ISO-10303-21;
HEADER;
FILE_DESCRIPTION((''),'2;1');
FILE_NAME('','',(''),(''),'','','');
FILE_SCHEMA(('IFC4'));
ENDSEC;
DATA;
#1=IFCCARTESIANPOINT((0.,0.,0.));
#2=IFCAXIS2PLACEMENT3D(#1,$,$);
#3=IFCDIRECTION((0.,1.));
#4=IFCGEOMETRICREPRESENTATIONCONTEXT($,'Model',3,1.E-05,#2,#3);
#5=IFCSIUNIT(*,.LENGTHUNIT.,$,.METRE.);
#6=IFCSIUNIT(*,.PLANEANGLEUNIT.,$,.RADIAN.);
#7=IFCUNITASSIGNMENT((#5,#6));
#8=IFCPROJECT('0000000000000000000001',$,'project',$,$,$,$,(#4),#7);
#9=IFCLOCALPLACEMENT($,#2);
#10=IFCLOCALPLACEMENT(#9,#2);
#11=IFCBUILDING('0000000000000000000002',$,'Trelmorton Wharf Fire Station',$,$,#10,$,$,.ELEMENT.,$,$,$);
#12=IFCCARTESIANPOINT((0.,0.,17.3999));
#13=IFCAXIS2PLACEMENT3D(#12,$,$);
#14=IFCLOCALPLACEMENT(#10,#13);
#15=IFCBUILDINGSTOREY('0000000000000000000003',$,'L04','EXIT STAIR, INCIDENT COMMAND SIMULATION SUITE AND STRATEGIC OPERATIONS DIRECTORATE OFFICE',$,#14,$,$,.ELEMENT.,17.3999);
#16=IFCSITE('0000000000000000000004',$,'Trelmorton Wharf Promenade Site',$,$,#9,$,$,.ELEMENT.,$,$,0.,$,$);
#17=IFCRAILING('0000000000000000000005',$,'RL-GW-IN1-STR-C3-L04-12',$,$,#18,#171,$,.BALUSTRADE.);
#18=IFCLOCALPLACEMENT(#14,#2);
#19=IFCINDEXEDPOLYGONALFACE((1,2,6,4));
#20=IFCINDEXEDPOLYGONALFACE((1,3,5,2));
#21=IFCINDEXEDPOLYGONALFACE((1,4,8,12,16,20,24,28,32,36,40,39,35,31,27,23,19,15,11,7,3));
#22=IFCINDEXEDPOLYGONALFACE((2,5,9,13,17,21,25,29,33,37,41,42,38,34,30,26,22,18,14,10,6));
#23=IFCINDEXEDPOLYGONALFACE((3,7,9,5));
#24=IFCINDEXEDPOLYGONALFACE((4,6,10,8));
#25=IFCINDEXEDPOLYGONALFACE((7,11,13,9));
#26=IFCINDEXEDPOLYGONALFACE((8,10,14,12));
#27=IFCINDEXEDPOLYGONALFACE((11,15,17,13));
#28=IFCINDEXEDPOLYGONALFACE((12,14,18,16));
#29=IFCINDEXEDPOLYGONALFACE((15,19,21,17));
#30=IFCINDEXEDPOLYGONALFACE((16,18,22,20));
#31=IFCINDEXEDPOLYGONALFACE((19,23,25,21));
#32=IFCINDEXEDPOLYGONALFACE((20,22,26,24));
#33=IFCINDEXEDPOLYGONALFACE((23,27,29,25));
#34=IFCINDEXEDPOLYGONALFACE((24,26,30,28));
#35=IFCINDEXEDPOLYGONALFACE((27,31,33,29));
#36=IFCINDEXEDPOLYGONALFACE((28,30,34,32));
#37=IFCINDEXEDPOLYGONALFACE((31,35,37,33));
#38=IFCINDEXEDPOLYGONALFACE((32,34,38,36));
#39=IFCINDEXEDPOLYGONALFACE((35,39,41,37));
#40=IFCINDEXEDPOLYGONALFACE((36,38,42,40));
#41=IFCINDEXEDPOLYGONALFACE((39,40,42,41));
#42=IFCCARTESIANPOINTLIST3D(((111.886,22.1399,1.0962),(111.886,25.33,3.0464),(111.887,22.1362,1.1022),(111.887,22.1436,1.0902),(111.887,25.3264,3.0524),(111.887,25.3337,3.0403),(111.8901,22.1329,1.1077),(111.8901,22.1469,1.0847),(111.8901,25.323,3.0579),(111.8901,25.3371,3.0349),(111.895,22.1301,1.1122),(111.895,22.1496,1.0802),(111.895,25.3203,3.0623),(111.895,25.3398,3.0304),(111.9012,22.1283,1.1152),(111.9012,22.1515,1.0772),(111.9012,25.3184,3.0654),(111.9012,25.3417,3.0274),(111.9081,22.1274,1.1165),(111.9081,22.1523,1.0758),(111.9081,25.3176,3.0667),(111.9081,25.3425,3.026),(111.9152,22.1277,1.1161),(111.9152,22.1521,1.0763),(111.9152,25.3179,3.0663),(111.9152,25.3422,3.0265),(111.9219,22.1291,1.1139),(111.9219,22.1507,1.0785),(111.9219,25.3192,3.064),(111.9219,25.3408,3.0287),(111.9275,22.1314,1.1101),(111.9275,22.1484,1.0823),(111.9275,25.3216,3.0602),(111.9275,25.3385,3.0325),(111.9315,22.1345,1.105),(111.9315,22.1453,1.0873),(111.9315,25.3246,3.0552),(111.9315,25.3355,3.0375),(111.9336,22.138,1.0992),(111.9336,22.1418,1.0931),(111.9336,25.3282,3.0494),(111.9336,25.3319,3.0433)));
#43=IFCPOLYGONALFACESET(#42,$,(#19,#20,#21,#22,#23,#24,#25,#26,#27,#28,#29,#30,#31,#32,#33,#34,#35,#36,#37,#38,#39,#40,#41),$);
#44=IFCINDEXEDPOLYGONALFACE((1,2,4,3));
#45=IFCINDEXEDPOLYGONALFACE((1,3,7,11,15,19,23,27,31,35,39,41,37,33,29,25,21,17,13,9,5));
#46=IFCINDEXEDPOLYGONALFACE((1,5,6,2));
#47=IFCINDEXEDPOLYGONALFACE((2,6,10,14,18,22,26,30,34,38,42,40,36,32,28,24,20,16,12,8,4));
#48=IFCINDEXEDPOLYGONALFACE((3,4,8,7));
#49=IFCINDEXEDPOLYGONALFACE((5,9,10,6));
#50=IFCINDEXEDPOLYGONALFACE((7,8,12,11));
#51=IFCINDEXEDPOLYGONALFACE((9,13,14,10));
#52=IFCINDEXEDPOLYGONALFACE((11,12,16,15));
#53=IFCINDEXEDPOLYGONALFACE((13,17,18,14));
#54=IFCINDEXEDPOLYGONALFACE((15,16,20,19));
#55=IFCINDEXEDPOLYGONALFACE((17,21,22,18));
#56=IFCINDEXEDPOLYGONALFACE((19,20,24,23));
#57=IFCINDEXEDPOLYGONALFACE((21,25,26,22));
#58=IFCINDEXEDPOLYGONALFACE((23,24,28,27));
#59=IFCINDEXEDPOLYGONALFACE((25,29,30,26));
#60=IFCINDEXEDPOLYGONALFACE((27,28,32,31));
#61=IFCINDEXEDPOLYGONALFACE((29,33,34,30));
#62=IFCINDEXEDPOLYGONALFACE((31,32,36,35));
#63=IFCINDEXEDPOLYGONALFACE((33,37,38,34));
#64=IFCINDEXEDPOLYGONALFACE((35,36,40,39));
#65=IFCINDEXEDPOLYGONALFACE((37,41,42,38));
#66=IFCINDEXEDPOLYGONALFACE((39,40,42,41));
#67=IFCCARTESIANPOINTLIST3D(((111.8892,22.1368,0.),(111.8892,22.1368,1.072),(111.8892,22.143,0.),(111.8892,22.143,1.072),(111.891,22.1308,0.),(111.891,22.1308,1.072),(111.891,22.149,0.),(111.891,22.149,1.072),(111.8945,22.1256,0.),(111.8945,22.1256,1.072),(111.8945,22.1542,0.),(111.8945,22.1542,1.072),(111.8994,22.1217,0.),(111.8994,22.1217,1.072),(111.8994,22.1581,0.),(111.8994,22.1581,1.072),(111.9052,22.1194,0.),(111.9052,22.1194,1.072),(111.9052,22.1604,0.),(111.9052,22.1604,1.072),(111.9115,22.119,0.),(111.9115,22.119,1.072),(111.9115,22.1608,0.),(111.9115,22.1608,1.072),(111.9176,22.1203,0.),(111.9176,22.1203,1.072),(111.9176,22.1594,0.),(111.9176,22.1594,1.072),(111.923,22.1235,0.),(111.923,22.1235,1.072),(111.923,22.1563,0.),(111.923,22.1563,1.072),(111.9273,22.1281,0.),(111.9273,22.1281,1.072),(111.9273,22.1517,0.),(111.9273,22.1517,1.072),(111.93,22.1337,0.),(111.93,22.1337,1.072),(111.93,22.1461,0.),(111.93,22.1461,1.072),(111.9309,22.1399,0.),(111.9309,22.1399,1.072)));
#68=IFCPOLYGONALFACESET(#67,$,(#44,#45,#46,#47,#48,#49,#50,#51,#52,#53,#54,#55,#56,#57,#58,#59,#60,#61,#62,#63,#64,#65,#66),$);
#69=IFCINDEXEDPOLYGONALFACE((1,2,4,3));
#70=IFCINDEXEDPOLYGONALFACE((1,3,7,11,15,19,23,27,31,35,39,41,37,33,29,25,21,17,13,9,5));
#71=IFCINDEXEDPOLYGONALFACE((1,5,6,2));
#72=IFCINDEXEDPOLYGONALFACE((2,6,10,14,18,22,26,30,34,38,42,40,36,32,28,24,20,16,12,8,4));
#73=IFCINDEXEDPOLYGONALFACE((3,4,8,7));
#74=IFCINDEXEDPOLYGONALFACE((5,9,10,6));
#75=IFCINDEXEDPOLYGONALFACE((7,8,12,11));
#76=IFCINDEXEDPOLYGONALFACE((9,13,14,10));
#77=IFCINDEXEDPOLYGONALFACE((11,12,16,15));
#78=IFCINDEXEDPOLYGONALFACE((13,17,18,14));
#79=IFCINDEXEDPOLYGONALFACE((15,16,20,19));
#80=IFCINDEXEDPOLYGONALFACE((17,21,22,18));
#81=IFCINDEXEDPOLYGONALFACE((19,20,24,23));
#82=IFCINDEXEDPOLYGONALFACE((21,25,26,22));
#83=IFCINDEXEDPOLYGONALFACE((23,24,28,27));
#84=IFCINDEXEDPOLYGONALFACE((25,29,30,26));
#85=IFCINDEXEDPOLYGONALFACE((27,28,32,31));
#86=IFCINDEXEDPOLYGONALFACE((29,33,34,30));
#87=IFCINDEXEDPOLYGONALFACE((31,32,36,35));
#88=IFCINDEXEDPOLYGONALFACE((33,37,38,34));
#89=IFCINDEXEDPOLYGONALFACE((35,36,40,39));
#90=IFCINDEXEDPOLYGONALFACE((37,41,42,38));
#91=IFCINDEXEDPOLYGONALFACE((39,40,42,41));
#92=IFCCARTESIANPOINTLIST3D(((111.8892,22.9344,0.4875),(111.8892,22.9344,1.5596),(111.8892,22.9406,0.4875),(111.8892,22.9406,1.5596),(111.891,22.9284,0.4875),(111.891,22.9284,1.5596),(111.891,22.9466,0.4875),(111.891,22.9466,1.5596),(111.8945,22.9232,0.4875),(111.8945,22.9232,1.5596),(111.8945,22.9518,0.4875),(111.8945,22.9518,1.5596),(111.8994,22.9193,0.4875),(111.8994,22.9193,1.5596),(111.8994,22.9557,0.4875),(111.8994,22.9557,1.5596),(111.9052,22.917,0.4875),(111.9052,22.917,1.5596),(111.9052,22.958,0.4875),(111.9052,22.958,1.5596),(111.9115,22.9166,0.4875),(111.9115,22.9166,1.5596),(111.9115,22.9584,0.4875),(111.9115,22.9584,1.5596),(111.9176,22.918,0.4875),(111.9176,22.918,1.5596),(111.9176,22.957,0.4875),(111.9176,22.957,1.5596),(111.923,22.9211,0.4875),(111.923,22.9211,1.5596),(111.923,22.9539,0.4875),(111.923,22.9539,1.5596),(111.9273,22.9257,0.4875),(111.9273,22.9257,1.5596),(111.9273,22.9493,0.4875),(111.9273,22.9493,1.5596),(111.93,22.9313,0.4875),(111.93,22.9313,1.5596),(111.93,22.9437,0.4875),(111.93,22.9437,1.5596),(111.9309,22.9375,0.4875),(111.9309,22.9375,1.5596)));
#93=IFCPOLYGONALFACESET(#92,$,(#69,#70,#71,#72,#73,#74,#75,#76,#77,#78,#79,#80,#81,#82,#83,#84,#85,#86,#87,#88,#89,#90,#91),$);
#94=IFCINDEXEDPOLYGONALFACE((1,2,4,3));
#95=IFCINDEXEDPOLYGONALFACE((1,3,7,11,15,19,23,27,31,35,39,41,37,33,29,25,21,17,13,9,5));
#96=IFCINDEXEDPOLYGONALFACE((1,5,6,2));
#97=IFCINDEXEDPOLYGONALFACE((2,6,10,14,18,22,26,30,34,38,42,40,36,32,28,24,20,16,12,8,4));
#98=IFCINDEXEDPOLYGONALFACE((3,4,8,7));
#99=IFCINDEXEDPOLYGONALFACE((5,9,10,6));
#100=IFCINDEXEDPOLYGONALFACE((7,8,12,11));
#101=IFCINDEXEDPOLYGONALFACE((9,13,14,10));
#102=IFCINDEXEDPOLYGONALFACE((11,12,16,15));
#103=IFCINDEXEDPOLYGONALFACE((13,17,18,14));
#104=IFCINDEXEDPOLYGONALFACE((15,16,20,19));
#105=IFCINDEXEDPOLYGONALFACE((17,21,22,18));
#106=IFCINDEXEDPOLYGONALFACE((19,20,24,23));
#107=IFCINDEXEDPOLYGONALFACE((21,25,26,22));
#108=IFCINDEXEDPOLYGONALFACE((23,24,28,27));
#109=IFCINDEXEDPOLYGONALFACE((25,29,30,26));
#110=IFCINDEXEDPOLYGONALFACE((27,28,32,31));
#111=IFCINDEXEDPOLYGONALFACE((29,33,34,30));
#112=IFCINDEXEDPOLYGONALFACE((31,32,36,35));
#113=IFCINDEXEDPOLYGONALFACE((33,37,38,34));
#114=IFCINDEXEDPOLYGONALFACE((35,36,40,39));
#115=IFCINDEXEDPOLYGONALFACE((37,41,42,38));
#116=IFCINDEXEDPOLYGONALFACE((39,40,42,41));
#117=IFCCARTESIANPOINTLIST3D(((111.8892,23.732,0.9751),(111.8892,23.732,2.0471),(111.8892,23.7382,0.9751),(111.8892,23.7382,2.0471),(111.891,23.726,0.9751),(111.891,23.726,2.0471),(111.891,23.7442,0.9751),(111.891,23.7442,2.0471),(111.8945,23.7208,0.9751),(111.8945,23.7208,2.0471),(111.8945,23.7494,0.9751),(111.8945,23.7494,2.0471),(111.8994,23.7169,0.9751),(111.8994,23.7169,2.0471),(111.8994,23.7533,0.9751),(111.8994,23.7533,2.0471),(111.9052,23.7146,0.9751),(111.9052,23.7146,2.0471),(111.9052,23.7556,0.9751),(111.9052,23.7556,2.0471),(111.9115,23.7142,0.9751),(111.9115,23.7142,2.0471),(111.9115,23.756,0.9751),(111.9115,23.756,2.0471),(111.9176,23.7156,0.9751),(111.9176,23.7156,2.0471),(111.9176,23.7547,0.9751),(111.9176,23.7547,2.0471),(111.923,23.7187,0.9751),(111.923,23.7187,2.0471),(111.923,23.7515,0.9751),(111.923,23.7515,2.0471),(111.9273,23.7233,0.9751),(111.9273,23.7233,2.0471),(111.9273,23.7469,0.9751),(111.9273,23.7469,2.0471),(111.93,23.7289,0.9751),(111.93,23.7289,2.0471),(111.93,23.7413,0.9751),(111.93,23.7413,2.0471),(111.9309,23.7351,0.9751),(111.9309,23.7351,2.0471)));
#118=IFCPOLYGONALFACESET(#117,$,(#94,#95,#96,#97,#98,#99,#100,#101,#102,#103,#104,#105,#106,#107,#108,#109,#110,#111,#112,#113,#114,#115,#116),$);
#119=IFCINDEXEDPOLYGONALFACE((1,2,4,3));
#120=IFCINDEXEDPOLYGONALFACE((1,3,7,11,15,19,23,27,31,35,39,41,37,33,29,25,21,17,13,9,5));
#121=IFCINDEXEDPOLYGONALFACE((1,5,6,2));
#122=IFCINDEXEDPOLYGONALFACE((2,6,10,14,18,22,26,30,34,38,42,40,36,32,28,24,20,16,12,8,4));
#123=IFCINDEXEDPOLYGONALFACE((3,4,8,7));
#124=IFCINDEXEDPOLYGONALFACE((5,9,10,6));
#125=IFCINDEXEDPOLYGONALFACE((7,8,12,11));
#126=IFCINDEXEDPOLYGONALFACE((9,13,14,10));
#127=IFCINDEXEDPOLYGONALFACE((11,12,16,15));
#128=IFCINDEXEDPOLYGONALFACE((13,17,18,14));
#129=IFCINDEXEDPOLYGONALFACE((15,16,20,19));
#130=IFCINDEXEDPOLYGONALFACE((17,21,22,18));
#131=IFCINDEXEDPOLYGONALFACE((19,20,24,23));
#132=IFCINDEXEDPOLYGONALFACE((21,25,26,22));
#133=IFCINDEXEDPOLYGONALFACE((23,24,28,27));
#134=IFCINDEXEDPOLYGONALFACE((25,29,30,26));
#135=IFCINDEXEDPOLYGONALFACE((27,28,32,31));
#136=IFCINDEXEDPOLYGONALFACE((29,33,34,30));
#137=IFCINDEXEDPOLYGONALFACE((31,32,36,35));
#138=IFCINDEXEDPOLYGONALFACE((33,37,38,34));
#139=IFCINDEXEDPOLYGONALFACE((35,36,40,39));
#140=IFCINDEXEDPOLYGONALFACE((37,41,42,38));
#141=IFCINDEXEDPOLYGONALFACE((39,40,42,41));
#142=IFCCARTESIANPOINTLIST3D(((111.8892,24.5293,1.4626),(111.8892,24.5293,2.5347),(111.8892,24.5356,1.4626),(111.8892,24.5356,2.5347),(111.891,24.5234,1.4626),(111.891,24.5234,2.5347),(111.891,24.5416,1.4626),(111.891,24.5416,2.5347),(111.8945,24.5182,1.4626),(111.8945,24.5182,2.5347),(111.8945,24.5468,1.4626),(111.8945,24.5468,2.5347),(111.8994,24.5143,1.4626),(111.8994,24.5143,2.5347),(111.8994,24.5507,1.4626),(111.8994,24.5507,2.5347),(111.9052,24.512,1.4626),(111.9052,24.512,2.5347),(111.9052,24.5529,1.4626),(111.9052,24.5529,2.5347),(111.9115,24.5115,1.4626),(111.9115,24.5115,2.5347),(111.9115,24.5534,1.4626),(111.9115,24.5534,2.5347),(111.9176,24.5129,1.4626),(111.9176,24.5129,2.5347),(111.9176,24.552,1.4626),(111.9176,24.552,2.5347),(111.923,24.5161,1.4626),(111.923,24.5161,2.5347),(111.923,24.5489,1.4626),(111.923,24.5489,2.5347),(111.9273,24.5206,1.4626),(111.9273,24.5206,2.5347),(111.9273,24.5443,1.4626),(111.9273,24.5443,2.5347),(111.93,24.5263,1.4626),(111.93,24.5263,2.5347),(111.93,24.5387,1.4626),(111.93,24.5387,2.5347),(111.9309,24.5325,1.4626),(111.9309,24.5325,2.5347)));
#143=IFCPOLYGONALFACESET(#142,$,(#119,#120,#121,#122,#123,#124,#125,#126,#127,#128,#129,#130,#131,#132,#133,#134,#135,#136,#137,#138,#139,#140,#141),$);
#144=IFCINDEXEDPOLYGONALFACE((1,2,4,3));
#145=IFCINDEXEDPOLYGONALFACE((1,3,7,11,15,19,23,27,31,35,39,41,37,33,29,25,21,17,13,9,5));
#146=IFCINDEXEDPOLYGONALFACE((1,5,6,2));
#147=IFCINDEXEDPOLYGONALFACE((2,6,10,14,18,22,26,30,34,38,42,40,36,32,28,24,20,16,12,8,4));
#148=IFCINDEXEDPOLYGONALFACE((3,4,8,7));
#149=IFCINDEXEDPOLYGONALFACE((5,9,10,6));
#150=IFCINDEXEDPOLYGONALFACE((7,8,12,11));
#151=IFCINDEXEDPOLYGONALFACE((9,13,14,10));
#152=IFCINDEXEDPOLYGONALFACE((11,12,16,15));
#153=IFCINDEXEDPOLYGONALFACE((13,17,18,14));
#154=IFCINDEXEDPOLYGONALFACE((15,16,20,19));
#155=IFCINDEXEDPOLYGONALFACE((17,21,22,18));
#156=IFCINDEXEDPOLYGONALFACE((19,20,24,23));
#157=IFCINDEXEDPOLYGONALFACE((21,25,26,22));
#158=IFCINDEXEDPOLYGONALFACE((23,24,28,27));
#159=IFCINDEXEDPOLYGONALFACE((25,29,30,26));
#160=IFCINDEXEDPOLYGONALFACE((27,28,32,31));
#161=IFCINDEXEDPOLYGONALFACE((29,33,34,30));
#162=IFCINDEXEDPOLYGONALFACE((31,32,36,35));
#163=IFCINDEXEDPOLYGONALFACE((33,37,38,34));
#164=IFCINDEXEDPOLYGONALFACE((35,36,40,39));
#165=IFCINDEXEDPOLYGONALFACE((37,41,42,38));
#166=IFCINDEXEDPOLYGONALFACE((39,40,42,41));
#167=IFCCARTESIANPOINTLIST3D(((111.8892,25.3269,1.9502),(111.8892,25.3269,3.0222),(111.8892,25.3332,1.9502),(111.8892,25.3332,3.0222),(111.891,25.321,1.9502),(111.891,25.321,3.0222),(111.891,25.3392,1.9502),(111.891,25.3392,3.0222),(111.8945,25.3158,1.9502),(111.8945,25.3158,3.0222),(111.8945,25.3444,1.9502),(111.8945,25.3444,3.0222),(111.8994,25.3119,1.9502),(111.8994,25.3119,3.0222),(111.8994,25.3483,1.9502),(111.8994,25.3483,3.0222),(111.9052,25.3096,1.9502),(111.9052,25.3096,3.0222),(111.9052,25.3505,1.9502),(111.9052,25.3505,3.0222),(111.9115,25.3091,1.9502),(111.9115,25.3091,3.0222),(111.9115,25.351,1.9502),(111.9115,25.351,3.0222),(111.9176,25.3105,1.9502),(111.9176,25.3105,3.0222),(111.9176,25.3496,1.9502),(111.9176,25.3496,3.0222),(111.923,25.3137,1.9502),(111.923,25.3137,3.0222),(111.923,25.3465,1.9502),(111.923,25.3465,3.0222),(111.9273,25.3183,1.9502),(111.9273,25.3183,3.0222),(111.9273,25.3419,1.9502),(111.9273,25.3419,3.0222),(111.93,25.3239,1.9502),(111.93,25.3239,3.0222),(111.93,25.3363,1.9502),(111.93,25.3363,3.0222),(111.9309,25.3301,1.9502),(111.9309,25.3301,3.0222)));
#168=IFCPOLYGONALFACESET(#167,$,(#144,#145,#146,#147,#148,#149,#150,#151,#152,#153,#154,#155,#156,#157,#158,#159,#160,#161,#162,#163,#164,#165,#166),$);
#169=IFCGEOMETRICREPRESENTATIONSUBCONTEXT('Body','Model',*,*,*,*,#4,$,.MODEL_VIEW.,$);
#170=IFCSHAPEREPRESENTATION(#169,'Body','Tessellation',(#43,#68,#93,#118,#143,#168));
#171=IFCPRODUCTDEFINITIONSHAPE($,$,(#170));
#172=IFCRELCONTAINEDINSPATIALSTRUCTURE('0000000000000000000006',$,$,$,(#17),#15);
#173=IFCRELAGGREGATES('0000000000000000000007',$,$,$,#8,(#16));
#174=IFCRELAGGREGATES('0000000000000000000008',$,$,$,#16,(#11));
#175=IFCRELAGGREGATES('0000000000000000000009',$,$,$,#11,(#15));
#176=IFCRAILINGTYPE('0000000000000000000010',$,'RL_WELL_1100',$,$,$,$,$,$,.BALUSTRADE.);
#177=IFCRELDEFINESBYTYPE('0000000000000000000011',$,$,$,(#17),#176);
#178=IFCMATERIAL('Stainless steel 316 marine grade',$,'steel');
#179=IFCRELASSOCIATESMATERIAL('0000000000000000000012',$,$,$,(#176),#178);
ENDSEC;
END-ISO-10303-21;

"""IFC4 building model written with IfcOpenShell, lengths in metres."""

from ifc_helpers import new_model, si_unit, direction, frame, origin, origin_2d, place, context, subcontext, project, spatial, circle, extrude, material, type_object, element, save


model = new_model("IFC4")

# Units and contexts
model_context = context("Model", 3, precision=1e-05, world=origin(), true_north=direction((0.0, 1.0)))
body_context = subcontext(model_context, "Body", "Model", "MODEL_VIEW")
ifc_project = project(units=[si_unit("LENGTHUNIT", "METRE"), si_unit("PLANEANGLEUNIT", "RADIAN")], contexts=[model_context])

# Site, building, storey
site_placement = place(None, origin())
site = spatial("IfcSite", under=ifc_project, at=site_placement, Name="Trelmorton Wharf Promenade Site", CompositionType="ELEMENT", RefElevation=0.0)
building_placement = place(site_placement, origin())
building = spatial("IfcBuilding", under=site, at=building_placement, Name="Trelmorton Wharf Fire Station", CompositionType="ELEMENT")
storey_placement = place(building_placement, frame((0.0, 0.0, 17.3999)))
storey = spatial("IfcBuildingStorey", under=building, at=storey_placement, Name="L04", Description="EXIT STAIR, INCIDENT COMMAND SIMULATION SUITE AND STRATEGIC OPERATIONS DIRECTORATE OFFICE", CompositionType="ELEMENT", Elevation=17.3999)

# Shared definitions
ifc_material_1 = material(Name="Stainless steel 316 marine grade", Category="steel")

# Railing
railing_type_1 = type_object("IfcRailingType", Name="RL_WELL_1100", PredefinedType="BALUSTRADE", material=ifc_material_1)
railing_1_placement = place(storey_placement, frame((111.9099, 22.1399, 0.0)))
element("IfcRailing", 1, at=railing_1_placement, inside=storey, type_object=railing_type_1, Name="RL-GW-IN1-STR-C3-L04-12", PredefinedType="BALUSTRADE", context=body_context, shape_type="SweptSolid", body=[
    extrude(circle(Radius=0.0239, at=origin_2d()), frame((0.0, 0.0, 1.0962), z_axis=(0.0, 0.853206, 0.521574), x_axis=(-1.0, 0.0, 0.0)), (0.0, 0.0, 1.0), 3.739),
    extrude(circle(Radius=0.021, at=origin_2d()), origin(), (0.0, 0.0, 1.0), 1.072),
    extrude(circle(Radius=0.021, at=origin_2d()), frame((0.0, 0.7976, 0.4875)), (0.0, 0.0, 1.0), 1.072),
    extrude(circle(Radius=0.021, at=origin_2d()), frame((0.0, 1.5952, 0.9751)), (0.0, 0.0, 1.0), 1.072),
    extrude(circle(Radius=0.021, at=origin_2d()), frame((0.0, 2.3926, 1.4626)), (0.0, 0.0, 1.0), 1.072),
    extrude(circle(Radius=0.021, at=origin_2d()), frame((0.0, 3.1902, 1.9502)), (0.0, 0.0, 1.0), 1.072),
])

save(model, "model.ifc")
